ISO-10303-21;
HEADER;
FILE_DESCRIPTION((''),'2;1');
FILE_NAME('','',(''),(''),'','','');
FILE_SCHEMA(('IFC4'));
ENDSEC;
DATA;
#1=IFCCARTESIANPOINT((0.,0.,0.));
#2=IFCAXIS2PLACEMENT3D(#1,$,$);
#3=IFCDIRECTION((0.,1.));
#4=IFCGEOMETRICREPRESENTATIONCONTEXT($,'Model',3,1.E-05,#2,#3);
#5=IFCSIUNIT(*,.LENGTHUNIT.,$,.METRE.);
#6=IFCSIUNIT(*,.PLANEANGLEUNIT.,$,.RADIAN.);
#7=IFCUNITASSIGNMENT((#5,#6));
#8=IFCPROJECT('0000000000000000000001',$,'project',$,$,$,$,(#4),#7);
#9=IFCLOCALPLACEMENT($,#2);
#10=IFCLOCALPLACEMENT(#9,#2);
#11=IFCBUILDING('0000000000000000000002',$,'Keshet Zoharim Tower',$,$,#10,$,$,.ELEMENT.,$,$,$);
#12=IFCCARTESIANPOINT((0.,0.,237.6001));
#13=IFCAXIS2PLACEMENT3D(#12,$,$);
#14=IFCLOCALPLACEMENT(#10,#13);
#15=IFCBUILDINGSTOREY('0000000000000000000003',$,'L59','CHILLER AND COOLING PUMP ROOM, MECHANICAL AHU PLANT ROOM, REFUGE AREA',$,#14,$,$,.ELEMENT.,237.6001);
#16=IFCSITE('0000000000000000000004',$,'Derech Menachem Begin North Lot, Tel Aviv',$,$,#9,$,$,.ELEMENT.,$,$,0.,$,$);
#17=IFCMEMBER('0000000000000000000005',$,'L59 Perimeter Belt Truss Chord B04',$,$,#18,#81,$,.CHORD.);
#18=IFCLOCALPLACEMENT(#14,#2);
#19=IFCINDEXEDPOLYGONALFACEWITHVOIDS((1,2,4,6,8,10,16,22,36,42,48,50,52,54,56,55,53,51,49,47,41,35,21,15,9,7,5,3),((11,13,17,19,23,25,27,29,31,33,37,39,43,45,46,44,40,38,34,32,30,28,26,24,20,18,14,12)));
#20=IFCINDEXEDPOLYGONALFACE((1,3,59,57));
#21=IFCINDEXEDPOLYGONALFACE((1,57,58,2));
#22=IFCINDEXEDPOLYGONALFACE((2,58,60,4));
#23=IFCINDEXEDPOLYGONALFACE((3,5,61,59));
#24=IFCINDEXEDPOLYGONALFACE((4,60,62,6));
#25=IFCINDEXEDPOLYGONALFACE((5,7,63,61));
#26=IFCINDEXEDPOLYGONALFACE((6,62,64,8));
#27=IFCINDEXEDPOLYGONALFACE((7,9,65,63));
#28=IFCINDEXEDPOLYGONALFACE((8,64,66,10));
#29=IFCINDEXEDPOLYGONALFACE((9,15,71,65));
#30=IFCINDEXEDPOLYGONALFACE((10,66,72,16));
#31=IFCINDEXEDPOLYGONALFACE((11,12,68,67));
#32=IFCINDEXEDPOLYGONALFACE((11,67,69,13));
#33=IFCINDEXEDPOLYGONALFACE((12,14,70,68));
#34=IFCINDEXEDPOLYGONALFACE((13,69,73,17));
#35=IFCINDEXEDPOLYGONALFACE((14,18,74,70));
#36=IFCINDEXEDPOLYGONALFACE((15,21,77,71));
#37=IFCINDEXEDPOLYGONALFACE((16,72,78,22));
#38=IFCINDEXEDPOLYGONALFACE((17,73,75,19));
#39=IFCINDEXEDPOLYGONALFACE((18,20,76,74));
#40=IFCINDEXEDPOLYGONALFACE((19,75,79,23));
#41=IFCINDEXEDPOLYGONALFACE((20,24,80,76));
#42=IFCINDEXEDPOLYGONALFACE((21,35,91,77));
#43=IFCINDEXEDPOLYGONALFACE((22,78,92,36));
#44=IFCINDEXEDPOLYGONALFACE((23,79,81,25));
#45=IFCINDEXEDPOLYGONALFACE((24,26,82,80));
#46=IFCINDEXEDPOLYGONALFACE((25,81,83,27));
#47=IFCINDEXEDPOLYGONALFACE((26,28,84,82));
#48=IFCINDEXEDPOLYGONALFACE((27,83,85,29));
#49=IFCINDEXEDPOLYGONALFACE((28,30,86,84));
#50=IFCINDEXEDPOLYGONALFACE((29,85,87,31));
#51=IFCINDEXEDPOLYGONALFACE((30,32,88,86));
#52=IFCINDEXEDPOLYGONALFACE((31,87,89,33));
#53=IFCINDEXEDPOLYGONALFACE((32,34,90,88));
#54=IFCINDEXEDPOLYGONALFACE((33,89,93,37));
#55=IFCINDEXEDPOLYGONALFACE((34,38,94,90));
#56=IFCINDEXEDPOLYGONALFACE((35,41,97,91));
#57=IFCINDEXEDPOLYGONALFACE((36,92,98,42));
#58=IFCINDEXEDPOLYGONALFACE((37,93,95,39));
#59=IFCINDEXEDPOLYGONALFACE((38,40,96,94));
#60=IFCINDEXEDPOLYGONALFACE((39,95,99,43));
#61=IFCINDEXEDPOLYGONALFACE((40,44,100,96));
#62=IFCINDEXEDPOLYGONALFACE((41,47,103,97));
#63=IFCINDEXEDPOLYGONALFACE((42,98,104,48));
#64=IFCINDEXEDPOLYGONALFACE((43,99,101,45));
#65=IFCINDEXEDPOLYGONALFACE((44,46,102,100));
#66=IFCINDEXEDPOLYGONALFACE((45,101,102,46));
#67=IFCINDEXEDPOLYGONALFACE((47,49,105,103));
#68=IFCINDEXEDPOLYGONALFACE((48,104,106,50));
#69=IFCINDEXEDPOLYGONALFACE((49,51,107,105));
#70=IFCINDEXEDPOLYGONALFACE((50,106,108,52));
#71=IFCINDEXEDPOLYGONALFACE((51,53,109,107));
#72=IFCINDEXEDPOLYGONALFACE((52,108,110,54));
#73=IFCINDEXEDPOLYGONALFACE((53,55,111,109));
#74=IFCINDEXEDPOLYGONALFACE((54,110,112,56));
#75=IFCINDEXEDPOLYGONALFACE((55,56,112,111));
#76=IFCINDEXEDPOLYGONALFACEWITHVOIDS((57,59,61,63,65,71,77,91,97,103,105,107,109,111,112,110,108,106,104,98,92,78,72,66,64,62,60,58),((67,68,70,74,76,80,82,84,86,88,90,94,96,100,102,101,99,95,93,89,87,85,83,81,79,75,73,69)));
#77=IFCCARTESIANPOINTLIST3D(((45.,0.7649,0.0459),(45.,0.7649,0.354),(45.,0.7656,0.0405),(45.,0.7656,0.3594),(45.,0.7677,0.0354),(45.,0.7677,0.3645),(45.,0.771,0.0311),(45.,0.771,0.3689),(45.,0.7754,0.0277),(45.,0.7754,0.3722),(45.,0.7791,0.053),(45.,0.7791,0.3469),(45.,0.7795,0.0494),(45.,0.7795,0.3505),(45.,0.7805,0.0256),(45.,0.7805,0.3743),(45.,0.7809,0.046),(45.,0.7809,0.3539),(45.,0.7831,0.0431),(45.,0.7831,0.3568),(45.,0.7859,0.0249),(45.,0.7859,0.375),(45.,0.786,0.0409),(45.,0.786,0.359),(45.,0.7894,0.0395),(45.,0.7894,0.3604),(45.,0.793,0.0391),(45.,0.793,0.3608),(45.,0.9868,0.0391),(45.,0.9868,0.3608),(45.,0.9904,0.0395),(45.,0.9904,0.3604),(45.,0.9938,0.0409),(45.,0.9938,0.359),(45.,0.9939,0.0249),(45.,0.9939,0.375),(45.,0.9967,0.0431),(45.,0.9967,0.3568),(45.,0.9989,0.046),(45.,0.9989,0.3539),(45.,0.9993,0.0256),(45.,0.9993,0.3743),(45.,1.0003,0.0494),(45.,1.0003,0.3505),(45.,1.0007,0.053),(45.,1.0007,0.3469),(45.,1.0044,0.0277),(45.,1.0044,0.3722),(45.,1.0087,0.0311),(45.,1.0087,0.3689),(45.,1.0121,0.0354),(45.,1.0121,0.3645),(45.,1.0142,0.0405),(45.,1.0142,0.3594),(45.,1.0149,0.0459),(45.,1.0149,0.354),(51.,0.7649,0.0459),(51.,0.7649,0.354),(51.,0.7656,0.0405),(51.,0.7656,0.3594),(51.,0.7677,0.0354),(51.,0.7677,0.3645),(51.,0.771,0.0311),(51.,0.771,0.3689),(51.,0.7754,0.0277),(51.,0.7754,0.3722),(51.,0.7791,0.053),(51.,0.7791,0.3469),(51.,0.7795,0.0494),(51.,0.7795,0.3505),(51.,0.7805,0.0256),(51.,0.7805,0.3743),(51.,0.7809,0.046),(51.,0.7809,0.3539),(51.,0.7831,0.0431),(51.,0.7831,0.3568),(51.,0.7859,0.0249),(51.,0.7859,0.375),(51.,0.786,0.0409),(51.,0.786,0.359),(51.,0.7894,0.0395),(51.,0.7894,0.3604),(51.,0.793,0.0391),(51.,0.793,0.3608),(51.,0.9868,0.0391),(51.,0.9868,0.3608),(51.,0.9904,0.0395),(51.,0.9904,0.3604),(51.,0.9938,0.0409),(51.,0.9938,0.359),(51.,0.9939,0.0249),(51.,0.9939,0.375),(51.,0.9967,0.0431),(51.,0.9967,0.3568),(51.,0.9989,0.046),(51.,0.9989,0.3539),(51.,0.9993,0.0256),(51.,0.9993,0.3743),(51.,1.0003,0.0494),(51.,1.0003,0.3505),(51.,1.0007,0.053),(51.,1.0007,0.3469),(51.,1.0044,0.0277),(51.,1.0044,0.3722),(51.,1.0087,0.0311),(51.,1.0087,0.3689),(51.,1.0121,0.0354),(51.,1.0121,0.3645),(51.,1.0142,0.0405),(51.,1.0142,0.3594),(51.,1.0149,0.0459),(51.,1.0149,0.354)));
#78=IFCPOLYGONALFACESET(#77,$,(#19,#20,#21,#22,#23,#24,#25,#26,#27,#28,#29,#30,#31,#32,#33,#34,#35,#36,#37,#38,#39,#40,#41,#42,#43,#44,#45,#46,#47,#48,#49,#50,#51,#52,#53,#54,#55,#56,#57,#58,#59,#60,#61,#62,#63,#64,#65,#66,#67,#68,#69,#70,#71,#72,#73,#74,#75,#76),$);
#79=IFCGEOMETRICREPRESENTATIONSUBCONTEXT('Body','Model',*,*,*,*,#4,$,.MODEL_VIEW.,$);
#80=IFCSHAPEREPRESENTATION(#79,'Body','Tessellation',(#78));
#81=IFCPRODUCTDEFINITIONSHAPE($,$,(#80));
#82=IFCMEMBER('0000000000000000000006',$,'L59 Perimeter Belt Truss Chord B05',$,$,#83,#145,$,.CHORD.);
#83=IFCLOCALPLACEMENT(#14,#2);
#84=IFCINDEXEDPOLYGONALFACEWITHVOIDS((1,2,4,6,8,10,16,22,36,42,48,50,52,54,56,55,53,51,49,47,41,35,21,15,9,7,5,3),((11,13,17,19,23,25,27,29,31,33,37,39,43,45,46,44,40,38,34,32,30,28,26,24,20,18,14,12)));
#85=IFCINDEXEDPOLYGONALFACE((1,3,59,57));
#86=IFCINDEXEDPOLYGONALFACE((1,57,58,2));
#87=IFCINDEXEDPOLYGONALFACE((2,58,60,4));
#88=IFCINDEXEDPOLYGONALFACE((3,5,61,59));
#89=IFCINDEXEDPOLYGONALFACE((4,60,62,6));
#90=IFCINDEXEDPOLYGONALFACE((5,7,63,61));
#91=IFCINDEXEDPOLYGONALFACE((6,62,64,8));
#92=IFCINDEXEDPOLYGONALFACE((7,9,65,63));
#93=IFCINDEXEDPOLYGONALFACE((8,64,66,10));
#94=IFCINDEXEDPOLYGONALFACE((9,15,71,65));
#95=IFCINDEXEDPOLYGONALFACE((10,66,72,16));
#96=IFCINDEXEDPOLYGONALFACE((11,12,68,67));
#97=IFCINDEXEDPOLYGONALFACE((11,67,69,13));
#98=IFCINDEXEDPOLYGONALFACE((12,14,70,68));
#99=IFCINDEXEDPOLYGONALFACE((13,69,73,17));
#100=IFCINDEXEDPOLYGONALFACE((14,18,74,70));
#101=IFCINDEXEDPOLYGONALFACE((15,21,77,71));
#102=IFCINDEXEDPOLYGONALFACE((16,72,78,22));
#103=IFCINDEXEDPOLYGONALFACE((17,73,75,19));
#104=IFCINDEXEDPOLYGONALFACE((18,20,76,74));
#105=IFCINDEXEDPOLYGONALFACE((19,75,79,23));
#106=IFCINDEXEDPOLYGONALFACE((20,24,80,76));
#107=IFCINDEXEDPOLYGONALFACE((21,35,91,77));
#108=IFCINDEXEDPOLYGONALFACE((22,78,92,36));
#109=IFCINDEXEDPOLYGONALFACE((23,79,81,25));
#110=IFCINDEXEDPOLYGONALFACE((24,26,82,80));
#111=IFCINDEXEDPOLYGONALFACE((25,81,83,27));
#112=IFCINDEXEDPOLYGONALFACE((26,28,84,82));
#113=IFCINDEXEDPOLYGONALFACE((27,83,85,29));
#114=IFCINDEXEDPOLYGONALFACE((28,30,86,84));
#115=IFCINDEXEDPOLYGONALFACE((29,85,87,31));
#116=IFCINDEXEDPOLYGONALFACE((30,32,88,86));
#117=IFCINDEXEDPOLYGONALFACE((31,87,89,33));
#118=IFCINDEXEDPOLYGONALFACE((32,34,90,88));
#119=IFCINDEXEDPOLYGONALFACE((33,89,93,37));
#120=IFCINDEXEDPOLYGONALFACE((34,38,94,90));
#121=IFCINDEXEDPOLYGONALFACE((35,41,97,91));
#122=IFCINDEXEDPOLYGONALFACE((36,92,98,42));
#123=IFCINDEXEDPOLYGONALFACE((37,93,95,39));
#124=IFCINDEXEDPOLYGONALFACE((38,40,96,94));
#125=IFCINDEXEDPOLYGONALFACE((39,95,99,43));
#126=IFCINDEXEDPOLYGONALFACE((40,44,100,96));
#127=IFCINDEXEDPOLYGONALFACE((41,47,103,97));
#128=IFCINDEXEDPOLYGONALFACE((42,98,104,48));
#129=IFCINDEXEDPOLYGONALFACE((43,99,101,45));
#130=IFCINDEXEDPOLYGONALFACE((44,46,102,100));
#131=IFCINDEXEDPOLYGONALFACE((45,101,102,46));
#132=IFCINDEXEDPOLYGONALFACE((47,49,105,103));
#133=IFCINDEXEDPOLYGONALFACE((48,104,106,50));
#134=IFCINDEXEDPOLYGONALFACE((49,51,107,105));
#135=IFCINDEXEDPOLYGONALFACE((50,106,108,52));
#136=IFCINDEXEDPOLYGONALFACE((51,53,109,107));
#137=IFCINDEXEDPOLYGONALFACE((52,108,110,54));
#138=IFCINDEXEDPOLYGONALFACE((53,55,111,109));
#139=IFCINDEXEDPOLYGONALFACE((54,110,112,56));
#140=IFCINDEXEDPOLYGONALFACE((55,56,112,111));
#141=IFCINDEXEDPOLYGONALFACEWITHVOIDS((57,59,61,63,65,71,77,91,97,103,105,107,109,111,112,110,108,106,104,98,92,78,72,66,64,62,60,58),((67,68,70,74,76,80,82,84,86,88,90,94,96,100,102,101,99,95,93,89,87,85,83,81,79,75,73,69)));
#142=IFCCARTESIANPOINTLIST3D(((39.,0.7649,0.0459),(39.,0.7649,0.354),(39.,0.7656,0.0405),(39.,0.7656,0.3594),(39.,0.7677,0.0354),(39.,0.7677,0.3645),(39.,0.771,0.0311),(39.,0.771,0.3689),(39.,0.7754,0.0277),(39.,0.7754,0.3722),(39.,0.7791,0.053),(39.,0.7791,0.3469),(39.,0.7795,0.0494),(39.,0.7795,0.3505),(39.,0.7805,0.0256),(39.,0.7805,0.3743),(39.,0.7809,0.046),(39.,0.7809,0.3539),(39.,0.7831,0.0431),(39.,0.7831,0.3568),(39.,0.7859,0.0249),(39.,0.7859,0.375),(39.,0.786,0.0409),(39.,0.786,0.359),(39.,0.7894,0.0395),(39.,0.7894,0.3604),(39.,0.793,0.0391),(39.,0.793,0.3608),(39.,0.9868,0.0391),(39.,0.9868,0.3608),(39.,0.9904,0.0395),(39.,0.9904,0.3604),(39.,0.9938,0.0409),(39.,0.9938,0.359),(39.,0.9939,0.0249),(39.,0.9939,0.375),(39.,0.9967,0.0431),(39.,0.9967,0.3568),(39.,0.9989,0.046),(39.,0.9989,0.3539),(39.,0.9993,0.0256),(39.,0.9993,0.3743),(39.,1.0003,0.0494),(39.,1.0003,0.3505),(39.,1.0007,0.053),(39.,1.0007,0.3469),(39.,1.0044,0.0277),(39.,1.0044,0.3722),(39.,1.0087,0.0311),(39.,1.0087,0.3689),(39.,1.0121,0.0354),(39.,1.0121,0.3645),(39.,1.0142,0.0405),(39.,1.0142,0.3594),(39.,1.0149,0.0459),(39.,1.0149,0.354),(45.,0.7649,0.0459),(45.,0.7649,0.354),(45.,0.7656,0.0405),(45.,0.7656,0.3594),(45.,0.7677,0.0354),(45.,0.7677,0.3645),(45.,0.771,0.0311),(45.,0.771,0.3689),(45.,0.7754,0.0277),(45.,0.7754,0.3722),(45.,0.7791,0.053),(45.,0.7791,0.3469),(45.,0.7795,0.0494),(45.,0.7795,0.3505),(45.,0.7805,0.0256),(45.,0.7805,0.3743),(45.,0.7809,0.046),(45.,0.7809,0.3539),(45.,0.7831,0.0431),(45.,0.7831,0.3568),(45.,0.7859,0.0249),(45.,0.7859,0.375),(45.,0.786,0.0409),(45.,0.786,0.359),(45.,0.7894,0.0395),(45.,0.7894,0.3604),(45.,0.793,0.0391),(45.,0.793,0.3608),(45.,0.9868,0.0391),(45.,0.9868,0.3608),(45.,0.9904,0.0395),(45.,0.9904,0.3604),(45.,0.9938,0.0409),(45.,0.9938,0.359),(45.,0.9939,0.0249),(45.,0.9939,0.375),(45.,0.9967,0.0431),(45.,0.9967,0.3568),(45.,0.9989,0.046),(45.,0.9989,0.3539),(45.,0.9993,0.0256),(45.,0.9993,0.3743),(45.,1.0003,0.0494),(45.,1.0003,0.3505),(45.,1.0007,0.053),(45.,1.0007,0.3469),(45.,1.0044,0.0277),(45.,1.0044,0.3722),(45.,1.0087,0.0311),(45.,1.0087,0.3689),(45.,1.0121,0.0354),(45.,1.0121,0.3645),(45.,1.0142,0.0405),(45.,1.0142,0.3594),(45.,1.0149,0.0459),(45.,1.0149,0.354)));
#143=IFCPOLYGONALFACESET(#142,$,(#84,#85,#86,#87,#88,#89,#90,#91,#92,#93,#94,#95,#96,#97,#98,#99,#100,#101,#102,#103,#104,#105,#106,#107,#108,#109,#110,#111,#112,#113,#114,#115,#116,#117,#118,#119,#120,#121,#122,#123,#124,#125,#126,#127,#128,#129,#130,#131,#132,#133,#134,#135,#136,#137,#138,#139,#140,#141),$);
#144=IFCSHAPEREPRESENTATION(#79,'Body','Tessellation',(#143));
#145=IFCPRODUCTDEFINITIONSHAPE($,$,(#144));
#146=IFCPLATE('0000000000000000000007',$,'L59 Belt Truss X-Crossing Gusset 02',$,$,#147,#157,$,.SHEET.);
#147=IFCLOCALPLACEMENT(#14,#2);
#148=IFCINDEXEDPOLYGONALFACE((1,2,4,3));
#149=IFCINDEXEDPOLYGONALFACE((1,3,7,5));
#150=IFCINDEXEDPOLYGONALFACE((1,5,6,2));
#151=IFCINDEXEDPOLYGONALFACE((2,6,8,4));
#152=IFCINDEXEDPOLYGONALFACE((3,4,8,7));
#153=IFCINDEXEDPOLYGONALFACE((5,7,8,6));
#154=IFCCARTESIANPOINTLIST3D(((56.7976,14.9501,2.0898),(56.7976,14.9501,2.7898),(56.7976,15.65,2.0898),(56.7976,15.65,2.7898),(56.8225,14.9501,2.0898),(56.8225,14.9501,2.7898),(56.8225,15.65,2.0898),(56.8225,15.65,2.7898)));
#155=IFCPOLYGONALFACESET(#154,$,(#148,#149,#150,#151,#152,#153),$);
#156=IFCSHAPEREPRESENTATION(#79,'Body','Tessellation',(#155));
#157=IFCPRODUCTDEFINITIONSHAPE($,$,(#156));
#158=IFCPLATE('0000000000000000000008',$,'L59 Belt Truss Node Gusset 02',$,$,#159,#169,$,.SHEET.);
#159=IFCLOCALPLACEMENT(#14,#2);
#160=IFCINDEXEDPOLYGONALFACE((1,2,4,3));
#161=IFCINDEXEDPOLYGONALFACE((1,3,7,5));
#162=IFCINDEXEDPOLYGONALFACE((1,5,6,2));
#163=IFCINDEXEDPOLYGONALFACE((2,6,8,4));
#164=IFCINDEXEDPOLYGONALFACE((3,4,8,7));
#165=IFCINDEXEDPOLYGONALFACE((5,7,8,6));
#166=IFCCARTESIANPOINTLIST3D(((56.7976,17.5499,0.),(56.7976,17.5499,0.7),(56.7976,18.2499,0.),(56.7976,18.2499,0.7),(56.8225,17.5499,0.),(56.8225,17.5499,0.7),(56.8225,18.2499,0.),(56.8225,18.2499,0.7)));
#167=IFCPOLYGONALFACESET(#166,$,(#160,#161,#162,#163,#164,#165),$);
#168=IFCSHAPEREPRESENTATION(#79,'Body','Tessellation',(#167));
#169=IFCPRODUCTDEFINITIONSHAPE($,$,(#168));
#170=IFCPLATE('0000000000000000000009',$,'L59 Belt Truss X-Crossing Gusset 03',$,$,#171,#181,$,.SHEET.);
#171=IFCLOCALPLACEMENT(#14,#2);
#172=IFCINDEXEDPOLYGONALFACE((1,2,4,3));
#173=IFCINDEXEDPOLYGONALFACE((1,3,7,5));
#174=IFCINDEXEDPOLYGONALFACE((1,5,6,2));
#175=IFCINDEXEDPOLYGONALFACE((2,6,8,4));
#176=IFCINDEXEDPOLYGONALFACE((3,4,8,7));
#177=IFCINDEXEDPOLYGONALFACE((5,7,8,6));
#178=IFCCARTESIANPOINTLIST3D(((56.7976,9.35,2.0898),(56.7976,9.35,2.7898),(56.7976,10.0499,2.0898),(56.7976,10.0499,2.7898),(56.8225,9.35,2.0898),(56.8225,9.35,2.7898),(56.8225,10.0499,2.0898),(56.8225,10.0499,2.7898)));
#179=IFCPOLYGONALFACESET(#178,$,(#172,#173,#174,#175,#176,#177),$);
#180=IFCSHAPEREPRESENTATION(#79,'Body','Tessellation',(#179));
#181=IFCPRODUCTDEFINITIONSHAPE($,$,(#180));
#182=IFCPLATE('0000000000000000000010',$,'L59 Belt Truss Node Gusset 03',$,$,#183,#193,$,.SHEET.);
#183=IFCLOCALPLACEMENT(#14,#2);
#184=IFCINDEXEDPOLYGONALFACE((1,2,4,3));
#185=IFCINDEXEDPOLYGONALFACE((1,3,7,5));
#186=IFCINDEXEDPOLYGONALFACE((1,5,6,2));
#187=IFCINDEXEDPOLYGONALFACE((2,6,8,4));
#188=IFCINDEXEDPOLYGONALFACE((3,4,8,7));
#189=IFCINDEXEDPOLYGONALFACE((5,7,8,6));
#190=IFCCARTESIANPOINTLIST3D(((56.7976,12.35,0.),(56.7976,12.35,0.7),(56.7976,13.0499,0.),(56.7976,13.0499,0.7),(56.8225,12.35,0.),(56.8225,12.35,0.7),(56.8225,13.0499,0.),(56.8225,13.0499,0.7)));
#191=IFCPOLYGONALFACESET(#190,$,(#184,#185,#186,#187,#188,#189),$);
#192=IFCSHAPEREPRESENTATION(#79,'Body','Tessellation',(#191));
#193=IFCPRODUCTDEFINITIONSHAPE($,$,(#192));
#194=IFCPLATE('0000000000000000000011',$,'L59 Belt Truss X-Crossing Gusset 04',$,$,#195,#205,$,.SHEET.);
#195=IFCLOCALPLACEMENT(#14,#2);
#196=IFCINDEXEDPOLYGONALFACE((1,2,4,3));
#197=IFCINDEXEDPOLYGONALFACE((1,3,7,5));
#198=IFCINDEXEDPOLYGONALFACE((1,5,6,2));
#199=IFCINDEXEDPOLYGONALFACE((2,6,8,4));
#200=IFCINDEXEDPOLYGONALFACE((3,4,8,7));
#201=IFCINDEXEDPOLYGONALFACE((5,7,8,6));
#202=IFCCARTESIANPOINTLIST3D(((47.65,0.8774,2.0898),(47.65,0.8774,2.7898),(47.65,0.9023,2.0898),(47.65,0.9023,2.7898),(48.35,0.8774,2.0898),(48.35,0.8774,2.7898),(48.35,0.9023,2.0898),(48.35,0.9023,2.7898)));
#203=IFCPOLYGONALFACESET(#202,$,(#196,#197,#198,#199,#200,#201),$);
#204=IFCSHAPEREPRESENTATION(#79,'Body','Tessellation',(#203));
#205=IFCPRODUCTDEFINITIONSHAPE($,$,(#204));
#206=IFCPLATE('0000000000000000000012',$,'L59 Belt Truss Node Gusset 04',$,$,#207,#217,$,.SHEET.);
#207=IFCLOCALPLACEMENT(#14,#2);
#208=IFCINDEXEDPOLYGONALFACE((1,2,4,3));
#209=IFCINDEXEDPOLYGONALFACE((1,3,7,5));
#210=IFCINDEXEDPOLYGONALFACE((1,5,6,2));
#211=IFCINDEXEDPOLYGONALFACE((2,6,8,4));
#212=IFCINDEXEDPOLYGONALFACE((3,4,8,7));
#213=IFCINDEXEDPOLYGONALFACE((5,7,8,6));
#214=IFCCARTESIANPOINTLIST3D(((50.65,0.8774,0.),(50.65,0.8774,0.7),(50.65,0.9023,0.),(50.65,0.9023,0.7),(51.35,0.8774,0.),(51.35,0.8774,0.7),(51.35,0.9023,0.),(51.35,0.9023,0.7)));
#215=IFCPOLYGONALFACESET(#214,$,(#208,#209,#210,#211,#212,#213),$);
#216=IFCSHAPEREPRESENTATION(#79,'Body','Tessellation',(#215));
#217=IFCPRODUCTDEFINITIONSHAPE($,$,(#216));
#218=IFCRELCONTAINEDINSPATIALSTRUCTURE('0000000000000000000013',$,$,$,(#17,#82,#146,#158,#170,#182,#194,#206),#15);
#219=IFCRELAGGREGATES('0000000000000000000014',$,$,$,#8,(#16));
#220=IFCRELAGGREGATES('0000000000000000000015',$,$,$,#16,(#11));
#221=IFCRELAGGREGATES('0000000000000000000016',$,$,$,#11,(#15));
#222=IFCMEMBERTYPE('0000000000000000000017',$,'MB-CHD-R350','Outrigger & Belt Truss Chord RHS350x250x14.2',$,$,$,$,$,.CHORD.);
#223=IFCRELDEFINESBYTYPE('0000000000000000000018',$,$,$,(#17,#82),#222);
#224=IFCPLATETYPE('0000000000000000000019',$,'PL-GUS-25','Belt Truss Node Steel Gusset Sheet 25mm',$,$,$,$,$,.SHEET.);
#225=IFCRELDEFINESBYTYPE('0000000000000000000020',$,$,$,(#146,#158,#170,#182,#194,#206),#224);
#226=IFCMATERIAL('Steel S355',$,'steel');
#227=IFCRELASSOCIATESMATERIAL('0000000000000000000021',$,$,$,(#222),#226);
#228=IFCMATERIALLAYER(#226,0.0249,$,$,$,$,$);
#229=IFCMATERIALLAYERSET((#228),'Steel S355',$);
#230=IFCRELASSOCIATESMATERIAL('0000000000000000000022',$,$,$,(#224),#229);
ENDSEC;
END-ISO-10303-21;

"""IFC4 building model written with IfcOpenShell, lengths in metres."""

from ifc_helpers import new_model, si_unit, direction, frame, origin, origin_2d, place, context, subcontext, project, spatial, rectangle, hollow_rectangle, extrude, material, layer, layer_set, material_profile, profile_set, type_object, element, save


model = new_model("IFC4")

# Units and contexts
model_context = context("Model", 3, precision=1e-05, world=origin(), true_north=direction((0.0, 1.0)))
body_context = subcontext(model_context, "Body", "Model", "MODEL_VIEW")
ifc_project = project(units=[si_unit("LENGTHUNIT", "METRE"), si_unit("PLANEANGLEUNIT", "RADIAN")], contexts=[model_context])

# Site, building, storey
site_placement = place(None, origin())
site = spatial("IfcSite", under=ifc_project, at=site_placement, Name="Derech Menachem Begin North Lot, Tel Aviv", CompositionType="ELEMENT", RefElevation=0.0)
building_placement = place(site_placement, origin())
building = spatial("IfcBuilding", under=site, at=building_placement, Name="Keshet Zoharim Tower", CompositionType="ELEMENT")
storey_placement = place(building_placement, frame((0.0, 0.0, 237.6001)))
storey = spatial("IfcBuildingStorey", under=building, at=storey_placement, Name="L59", Description="CHILLER AND COOLING PUMP ROOM, MECHANICAL AHU PLANT ROOM, REFUGE AREA", CompositionType="ELEMENT", Elevation=237.6001)

# Shared definitions
ifc_material_1 = material(Name="Steel S355", Category="steel")

# Members
ifc_material_profile_1 = material_profile(ifc_material_1, hollow_rectangle(XDim=0.25, YDim=0.3501, WallThickness=0.0142, InnerFilletRadius=0.0139, OuterFilletRadius=0.021, at=origin_2d()), Name="RHS350x250x14.2")
ifc_profile_set_1 = profile_set([ifc_material_profile_1], Name="Steel S355")
member_type_1 = type_object("IfcMemberType", Name="MB-CHD-R350", Description="Outrigger & Belt Truss Chord RHS350x250x14.2", PredefinedType="CHORD", material=ifc_profile_set_1)
for number, where, z_axis, x_axis, name in (
    (1, (51.0, 0.8899, 0.2), (-1.0, 0.0, 0.0), (0.0, -1.0, 0.0), "L59 Perimeter Belt Truss Chord B04"),
    (2, (45.0, 0.8899, 0.2), (-1.0, 0.0, 0.0), (0.0, -1.0, 0.0), "L59 Perimeter Belt Truss Chord B05"),
):
    element("IfcMember", number, at=place(storey_placement, frame(where, z_axis=z_axis, x_axis=x_axis)), inside=storey, type_object=member_type_1, Name=name, PredefinedType="CHORD", context=body_context, shape_type="SweptSolid", body=[
        extrude(hollow_rectangle(XDim=0.25, YDim=0.3501, WallThickness=0.0142, InnerFilletRadius=0.0139, OuterFilletRadius=0.021, at=origin_2d()), origin(), (0.0, 0.0, 1.0), 6.0),
    ])

# Plates
ifc_layer_1 = layer(ifc_material_1, 0.0249)
ifc_layer_set_1 = layer_set([ifc_layer_1], Name="Steel S355")
plate_type = type_object("IfcPlateType", Name="PL-GUS-25", Description="Belt Truss Node Steel Gusset Sheet 25mm", PredefinedType="SHEET", material=ifc_layer_set_1)
for number, where, z_axis, x_axis, name in (
    (3, (56.8101, 15.3, 2.0898), (0.0, 0.0, 1.0), (0.0, -1.0, 0.0), "L59 Belt Truss X-Crossing Gusset 02"),
    (4, (56.8101, 17.8999, 0.0), (0.0, 0.0, 1.0), (0.0, -1.0, 0.0), "L59 Belt Truss Node Gusset 02"),
    (5, (56.8101, 9.7, 2.0898), (0.0, 0.0, 1.0), (0.0, -1.0, 0.0), "L59 Belt Truss X-Crossing Gusset 03"),
    (6, (56.8101, 12.7, 0.0), (0.0, 0.0, 1.0), (0.0, -1.0, 0.0), "L59 Belt Truss Node Gusset 03"),
    (7, (48.0, 0.8899, 2.0898), (0.0, 0.0, 1.0), (-1.0, 0.0, 0.0), "L59 Belt Truss X-Crossing Gusset 04"),
    (8, (51.0, 0.8899, 0.0), (0.0, 0.0, 1.0), (-1.0, 0.0, 0.0), "L59 Belt Truss Node Gusset 04"),
):
    element("IfcPlate", number, at=place(storey_placement, frame(where, z_axis=z_axis, x_axis=x_axis)), inside=storey, type_object=plate_type, Name=name, PredefinedType="SHEET", context=body_context, shape_type="SweptSolid", body=[
        extrude(rectangle(XDim=0.7, YDim=0.0249, at=origin_2d()), origin(), (0.0, 0.0, 1.0), 0.7),
    ])

save(model, "model.ifc")
